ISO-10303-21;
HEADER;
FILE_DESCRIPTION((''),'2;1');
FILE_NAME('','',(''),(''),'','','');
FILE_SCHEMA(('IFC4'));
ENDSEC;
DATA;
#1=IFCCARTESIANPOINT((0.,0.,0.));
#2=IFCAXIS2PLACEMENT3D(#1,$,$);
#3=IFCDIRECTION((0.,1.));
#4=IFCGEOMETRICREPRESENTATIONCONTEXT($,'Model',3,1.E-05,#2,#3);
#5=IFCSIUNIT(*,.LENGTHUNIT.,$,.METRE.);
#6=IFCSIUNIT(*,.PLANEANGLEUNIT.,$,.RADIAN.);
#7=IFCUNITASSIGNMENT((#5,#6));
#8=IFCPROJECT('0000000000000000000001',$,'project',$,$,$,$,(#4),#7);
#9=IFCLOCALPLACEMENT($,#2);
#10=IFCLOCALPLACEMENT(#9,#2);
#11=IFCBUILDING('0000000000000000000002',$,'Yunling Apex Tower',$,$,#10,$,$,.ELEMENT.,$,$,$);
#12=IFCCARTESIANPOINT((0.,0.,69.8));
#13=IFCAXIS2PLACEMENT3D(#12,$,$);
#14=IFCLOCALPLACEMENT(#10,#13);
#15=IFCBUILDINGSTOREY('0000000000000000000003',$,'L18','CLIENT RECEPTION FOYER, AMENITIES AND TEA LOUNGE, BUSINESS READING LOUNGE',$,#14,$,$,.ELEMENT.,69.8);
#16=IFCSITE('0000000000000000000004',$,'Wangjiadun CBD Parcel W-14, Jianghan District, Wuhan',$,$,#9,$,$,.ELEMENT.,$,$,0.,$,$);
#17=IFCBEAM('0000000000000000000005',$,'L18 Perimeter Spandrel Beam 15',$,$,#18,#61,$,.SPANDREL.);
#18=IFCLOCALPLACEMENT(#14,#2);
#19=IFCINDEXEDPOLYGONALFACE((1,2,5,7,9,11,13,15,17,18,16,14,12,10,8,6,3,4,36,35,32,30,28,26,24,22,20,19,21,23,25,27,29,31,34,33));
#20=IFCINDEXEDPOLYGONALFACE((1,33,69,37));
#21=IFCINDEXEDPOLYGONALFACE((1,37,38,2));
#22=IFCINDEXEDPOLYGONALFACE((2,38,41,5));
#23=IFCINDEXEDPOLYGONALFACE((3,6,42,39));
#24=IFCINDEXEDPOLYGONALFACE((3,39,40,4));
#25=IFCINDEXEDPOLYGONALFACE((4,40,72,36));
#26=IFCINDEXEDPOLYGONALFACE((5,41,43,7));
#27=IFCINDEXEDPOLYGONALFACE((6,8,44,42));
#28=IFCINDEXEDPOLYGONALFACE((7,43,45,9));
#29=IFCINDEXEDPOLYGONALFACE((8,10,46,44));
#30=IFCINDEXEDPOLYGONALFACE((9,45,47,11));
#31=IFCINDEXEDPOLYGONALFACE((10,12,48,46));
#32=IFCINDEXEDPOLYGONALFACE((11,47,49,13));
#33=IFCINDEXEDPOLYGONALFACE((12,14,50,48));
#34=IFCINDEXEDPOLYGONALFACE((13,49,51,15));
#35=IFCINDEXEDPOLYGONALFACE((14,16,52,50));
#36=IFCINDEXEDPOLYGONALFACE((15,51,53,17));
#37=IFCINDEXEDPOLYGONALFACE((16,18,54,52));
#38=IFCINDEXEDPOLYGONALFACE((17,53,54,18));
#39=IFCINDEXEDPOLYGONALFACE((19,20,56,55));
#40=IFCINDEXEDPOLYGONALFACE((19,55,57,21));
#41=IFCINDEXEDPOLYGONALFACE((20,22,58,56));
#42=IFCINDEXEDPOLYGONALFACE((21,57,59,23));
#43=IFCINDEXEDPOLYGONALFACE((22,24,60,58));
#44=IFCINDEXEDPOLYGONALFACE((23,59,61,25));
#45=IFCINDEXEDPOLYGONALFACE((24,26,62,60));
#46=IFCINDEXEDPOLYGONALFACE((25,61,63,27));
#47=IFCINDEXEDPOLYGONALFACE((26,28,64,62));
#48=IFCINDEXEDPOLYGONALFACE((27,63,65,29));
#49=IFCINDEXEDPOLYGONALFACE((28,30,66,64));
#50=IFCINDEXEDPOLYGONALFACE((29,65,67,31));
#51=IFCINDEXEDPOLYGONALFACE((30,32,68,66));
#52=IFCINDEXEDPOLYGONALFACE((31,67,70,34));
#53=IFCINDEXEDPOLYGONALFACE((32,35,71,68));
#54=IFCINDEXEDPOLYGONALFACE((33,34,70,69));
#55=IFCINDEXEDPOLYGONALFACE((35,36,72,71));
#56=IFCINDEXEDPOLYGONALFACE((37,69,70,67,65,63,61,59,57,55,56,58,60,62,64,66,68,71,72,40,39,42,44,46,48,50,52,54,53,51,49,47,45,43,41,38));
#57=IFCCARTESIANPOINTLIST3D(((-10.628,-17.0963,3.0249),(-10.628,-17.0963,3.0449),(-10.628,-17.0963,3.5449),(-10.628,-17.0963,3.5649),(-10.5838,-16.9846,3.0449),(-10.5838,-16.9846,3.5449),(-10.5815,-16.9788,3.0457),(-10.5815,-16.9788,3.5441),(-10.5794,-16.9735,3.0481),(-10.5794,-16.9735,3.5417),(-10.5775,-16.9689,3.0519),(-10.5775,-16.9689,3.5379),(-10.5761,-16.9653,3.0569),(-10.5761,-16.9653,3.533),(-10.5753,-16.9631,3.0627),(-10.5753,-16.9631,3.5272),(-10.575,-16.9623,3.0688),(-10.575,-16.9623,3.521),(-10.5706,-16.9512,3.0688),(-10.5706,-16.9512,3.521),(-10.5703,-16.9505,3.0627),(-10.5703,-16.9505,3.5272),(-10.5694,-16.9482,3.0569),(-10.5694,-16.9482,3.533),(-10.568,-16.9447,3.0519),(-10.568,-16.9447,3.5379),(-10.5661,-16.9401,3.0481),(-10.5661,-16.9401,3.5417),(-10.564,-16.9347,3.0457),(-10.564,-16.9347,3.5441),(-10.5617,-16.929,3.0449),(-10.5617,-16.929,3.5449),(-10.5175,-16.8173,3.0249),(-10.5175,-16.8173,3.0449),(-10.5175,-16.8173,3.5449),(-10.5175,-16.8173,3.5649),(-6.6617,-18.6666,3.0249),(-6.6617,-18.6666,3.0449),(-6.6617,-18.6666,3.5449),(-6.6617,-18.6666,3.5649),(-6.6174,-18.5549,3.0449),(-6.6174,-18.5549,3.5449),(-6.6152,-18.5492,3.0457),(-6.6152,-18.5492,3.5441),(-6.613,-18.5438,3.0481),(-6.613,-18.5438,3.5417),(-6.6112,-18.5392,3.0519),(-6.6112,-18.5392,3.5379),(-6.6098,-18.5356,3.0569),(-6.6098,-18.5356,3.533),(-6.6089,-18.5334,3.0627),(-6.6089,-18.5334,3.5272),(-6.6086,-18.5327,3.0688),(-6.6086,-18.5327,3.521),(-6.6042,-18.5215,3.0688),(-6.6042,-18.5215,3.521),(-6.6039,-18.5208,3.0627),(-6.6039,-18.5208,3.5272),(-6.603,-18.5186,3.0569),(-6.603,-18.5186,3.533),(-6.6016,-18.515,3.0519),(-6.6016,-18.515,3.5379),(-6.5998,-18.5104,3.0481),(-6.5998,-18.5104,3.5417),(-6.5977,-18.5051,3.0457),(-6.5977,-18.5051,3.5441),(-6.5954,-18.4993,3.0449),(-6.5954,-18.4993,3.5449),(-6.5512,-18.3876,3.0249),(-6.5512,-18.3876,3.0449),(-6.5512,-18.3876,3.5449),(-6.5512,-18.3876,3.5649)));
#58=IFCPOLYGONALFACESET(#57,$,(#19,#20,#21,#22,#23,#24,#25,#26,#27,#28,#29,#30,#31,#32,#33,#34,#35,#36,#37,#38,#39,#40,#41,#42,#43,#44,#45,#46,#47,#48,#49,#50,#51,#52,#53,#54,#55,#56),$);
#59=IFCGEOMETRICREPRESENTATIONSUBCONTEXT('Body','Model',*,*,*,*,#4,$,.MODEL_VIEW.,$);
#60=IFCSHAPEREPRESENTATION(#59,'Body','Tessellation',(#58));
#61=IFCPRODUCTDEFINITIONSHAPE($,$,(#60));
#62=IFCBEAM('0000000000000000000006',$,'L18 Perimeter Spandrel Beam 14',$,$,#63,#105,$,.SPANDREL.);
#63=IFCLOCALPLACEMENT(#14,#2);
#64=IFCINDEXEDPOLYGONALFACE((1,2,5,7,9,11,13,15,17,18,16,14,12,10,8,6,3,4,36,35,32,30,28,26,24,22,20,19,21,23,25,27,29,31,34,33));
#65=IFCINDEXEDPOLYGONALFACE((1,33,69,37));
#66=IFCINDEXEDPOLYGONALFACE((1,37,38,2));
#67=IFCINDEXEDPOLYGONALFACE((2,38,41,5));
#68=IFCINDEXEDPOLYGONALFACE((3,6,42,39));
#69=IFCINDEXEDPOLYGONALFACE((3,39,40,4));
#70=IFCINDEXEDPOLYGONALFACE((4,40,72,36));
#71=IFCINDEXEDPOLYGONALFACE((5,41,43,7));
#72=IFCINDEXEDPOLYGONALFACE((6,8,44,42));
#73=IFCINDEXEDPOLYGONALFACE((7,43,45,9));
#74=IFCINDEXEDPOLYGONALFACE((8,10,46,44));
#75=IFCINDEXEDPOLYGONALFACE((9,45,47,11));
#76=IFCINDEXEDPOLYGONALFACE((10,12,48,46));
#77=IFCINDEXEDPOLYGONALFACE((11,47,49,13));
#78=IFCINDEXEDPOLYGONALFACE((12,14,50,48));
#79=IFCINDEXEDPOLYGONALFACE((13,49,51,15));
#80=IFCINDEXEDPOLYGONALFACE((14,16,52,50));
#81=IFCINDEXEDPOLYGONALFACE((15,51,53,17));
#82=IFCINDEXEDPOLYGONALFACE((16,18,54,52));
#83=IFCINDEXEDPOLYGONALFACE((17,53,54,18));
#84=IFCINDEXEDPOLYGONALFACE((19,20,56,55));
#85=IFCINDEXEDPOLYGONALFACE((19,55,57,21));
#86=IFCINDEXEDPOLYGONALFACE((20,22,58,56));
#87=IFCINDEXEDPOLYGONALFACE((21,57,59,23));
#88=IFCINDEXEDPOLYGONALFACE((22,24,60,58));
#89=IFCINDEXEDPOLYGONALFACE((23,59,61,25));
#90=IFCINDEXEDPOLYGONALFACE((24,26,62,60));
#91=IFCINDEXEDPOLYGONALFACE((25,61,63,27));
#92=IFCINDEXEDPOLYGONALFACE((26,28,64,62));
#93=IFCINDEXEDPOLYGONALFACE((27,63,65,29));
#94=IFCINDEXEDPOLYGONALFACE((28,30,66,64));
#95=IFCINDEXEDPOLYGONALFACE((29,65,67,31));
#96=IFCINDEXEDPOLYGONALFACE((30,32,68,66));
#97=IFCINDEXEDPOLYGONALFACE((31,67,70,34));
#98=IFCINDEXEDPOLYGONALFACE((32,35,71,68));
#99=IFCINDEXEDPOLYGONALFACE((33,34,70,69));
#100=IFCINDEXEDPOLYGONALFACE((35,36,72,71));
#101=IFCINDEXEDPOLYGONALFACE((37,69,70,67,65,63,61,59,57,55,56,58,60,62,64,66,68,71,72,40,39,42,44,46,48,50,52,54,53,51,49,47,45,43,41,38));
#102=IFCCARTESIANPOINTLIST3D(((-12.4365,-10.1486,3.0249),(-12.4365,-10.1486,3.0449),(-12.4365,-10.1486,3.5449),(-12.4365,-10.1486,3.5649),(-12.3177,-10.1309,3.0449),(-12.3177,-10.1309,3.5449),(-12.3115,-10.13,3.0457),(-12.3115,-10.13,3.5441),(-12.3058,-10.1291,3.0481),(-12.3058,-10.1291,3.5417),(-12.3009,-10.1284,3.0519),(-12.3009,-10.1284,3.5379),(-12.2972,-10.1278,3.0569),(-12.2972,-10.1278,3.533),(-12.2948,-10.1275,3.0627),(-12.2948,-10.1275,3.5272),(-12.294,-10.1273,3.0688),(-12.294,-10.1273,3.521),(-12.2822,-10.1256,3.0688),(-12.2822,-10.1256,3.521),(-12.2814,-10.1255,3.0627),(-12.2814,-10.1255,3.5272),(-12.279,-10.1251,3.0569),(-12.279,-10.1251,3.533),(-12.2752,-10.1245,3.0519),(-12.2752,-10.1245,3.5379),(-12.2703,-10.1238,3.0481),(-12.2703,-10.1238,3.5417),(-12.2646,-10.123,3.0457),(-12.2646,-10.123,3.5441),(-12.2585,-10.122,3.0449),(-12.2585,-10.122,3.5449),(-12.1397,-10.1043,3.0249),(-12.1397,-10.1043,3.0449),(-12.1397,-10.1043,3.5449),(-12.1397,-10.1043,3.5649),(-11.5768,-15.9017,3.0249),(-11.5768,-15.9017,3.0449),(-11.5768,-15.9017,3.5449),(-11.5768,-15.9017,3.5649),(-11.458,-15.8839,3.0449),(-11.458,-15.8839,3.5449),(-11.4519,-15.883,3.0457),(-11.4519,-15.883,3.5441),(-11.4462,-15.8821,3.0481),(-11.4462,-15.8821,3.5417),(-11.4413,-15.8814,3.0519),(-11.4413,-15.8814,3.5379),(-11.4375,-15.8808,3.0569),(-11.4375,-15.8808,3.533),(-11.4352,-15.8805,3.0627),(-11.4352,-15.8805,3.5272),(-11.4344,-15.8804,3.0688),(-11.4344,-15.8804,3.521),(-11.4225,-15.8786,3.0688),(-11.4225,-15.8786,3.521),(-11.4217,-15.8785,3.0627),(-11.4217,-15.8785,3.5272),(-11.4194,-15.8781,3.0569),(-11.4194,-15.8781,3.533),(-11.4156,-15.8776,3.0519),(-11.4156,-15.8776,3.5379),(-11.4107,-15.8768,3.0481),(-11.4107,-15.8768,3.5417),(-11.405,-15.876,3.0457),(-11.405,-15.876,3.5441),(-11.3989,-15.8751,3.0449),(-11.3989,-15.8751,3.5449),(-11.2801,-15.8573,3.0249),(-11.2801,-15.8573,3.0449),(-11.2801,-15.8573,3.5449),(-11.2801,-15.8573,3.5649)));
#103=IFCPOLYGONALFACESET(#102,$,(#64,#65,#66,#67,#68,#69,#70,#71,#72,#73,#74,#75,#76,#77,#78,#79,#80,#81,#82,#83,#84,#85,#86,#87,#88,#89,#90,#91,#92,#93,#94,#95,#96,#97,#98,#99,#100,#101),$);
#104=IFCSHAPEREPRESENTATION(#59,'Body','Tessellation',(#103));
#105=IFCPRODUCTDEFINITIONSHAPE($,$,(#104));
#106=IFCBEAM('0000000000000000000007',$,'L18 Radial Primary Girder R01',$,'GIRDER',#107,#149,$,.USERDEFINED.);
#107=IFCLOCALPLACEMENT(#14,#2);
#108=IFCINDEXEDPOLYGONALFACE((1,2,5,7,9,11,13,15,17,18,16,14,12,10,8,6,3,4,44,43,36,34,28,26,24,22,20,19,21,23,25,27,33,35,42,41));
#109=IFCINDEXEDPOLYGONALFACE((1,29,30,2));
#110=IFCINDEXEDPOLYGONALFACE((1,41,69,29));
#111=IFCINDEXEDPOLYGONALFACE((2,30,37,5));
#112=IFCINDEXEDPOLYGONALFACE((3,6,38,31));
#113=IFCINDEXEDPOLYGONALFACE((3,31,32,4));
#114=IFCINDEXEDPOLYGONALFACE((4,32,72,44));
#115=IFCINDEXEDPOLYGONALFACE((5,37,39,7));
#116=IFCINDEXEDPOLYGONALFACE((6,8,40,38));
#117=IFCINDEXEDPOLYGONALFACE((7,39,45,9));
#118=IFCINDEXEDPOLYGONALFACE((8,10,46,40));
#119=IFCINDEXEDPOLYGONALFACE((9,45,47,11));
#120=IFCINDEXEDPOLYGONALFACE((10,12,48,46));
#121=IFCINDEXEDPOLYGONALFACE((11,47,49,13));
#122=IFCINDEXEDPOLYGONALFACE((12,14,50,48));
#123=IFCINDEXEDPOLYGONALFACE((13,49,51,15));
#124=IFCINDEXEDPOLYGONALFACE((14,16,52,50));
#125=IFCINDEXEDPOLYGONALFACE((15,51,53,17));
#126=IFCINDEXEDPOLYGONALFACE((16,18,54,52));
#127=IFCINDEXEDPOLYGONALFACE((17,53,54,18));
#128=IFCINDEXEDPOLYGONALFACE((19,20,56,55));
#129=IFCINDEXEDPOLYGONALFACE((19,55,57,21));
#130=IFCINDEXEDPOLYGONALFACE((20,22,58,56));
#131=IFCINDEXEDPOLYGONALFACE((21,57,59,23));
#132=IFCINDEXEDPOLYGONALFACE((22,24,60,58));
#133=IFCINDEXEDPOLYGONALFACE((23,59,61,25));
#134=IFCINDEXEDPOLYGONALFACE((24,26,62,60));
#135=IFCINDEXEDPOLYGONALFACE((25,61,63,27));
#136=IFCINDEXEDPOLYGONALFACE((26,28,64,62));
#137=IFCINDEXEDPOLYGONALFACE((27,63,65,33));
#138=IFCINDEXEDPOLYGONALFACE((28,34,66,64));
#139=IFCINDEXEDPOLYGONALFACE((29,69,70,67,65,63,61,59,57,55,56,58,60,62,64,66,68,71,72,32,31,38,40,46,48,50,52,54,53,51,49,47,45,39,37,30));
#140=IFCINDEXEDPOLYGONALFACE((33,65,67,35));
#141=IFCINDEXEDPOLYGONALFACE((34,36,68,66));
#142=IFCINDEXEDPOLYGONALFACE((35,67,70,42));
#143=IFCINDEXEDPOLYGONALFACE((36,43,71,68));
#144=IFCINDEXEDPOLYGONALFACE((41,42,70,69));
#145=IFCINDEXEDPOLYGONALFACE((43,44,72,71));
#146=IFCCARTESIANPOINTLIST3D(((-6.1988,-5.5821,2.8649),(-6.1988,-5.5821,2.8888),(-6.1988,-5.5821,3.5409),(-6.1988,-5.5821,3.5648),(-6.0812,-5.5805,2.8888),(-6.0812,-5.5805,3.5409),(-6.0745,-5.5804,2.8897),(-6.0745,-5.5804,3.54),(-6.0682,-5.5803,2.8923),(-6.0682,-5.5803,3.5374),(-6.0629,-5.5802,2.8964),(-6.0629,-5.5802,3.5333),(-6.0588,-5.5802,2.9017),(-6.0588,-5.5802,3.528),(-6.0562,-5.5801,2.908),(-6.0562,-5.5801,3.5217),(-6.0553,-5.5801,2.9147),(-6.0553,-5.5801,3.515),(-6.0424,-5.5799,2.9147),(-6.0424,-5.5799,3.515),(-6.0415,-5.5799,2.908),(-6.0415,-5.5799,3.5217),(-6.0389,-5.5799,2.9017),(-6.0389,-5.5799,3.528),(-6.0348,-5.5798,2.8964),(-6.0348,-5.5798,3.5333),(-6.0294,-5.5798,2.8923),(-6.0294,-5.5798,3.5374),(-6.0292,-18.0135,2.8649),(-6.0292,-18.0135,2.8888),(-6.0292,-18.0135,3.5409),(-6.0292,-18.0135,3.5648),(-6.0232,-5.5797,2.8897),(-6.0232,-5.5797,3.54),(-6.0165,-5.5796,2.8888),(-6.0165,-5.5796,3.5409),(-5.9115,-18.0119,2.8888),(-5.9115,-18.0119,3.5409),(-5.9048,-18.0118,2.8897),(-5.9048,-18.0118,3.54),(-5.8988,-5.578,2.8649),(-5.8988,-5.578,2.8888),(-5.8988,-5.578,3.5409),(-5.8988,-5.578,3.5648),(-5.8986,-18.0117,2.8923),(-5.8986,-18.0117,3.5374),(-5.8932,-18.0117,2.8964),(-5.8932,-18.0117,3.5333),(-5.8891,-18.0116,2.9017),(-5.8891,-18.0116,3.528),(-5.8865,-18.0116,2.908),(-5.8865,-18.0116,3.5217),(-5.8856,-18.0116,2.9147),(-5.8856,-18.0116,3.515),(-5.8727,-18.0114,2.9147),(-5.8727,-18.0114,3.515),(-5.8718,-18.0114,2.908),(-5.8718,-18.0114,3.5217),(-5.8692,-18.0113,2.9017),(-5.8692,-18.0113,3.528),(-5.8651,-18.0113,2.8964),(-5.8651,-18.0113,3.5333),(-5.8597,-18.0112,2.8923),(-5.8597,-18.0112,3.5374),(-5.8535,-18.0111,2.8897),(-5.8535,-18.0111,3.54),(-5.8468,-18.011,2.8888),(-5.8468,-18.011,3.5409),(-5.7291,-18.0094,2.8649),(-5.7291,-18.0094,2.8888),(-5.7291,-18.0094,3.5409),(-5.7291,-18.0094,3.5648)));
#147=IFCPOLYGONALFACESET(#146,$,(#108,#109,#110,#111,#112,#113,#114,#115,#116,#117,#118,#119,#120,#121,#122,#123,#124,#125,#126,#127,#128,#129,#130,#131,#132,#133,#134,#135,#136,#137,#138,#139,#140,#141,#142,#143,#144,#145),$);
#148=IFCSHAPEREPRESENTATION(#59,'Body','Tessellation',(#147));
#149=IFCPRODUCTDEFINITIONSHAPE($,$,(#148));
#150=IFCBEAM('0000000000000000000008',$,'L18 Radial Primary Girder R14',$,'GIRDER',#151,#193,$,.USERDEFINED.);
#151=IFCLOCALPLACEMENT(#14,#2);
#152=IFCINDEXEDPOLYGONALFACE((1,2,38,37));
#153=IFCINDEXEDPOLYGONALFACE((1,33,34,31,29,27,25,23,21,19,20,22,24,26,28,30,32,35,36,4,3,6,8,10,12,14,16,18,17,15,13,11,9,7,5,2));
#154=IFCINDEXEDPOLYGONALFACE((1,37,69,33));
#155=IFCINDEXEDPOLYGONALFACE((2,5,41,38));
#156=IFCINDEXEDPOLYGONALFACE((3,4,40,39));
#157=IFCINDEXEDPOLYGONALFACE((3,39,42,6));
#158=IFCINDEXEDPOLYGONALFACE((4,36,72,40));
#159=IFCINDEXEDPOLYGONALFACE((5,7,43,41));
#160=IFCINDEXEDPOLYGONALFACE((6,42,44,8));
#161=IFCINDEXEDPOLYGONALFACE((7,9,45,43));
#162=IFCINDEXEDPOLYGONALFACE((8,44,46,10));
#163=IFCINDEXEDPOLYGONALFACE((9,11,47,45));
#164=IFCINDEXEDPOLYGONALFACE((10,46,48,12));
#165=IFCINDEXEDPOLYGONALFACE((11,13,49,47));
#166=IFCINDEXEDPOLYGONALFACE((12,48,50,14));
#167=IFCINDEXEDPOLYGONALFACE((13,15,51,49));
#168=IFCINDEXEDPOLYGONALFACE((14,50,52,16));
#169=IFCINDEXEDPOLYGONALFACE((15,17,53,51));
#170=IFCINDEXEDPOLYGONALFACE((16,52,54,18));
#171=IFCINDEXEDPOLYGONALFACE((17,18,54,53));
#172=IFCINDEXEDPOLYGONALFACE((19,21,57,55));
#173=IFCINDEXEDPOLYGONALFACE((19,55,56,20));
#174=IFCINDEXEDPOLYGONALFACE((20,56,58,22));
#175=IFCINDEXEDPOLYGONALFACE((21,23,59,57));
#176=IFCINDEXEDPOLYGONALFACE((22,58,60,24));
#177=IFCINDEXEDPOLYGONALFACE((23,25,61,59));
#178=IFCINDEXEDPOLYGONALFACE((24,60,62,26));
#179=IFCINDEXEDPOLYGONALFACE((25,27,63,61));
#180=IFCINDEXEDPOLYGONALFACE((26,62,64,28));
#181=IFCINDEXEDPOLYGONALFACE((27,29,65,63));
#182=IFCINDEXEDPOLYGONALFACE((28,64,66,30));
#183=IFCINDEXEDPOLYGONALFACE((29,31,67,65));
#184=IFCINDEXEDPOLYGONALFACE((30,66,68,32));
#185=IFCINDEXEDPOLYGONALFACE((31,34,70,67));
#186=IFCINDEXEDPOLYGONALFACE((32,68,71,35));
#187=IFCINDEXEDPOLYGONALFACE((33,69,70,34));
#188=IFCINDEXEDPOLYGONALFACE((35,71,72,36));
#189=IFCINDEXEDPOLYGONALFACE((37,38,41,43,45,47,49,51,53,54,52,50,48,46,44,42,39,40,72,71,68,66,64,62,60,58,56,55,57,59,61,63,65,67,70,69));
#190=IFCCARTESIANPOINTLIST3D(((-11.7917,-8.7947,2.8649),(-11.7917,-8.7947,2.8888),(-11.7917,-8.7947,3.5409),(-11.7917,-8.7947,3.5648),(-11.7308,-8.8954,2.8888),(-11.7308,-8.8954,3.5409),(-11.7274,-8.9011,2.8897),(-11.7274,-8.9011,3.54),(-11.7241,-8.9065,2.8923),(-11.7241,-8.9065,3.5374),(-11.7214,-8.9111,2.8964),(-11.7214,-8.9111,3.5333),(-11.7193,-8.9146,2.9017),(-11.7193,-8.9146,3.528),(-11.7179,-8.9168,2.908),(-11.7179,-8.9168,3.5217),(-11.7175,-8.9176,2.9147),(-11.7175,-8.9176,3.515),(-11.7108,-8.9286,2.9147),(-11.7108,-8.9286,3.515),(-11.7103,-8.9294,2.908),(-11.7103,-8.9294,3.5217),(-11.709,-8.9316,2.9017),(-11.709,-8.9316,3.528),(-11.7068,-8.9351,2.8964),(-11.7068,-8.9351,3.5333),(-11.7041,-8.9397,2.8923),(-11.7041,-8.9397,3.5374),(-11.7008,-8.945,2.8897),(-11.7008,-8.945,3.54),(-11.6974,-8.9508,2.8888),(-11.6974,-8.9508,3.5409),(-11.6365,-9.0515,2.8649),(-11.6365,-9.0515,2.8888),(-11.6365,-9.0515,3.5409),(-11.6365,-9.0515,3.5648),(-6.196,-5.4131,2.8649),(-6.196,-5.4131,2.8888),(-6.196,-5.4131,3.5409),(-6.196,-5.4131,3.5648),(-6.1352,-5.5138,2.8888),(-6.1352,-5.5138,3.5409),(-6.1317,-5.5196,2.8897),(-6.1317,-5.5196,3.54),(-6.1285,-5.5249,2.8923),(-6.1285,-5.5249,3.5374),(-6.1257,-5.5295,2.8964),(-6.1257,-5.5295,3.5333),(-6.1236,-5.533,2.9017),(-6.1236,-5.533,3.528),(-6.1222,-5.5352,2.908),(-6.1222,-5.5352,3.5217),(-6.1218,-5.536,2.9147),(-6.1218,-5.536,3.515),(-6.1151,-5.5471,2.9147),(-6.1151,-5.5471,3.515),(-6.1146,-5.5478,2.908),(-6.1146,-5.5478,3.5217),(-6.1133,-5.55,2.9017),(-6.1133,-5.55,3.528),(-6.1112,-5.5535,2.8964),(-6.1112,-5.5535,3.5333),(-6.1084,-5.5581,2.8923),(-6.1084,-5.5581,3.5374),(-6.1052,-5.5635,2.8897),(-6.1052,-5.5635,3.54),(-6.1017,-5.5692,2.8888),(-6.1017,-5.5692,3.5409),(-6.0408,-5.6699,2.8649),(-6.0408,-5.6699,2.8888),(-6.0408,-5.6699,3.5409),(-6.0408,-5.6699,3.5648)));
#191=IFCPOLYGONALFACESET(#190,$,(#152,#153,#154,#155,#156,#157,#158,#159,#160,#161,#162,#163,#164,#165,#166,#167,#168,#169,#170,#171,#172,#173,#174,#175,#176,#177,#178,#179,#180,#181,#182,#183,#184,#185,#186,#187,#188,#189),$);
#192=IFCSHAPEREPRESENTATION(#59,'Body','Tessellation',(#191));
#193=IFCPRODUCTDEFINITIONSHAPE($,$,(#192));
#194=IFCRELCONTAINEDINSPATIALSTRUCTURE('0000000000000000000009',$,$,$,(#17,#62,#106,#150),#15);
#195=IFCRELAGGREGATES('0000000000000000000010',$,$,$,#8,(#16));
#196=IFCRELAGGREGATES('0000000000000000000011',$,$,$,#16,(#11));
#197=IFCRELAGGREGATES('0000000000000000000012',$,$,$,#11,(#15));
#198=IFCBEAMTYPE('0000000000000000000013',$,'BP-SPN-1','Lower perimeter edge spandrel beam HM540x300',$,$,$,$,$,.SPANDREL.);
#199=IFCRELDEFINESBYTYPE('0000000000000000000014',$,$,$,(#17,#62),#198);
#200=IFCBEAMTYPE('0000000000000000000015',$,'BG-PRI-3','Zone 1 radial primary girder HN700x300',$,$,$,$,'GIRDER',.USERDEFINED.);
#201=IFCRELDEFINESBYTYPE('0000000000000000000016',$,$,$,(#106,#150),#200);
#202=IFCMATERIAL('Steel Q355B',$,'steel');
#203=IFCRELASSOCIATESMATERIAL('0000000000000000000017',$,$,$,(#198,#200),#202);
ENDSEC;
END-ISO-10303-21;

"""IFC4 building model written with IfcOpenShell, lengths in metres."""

from ifc_helpers import new_model, si_unit, direction, frame, origin, origin_2d, place, context, subcontext, project, spatial, i_section, extrude, source, transform, mapped, material, material_profile, profile_set, type_object, element, save


model = new_model("IFC4")

# Units and contexts
model_context = context("Model", 3, precision=1e-05, world=origin(), true_north=direction((0.0, 1.0)))
body_context = subcontext(model_context, "Body", "Model", "MODEL_VIEW")
ifc_project = project(units=[si_unit("LENGTHUNIT", "METRE"), si_unit("PLANEANGLEUNIT", "RADIAN")], contexts=[model_context])

# Site, building, storey
site_placement = place(None, origin())
site = spatial("IfcSite", under=ifc_project, at=site_placement, Name="Wangjiadun CBD Parcel W-14, Jianghan District, Wuhan", CompositionType="ELEMENT", RefElevation=0.0)
building_placement = place(site_placement, origin())
building = spatial("IfcBuilding", under=site, at=building_placement, Name="Yunling Apex Tower", CompositionType="ELEMENT")
storey_placement = place(building_placement, frame((0.0, 0.0, 69.8)))
storey = spatial("IfcBuildingStorey", under=building, at=storey_placement, Name="L18", Description="CLIENT RECEPTION FOYER, AMENITIES AND TEA LOUNGE, BUSINESS READING LOUNGE", CompositionType="ELEMENT", Elevation=69.8)

# Beams
ifc_material_1 = material(Name="Steel Q355B", Category="steel")
ifc_material_profile_1 = material_profile(ifc_material_1, i_section(OverallWidth=0.3, OverallDepth=0.54, WebThickness=0.012, FlangeThickness=0.02, FilletRadius=0.0239, at=origin_2d()))
ifc_profile_set_1 = profile_set([ifc_material_profile_1], Name="Steel Q355B")
beam_type_1 = type_object("IfcBeamType", Name="BP-SPN-1", Description="Lower perimeter edge spandrel beam HM540x300", PredefinedType="SPANDREL", material=ifc_profile_set_1)
shared_shape_1 = source(origin(), body_context, "Body", "SweptSolid", [
    extrude(i_section(OverallWidth=0.3, OverallDepth=0.54, WebThickness=0.012, FlangeThickness=0.02, FilletRadius=0.0239, at=origin_2d()), origin(), (0.0, 0.0, 1.0), 4.2659),
])
beam_1_placement = place(storey_placement, frame((-10.5728, -16.9568, 3.2949), z_axis=(0.929781, -0.368112, 0.0), x_axis=(0.368112, 0.929781, 0.0)))
element("IfcBeam", 1, at=beam_1_placement, inside=storey, type_object=beam_type_1, Name="L18 Perimeter Spandrel Beam 15", PredefinedType="SPANDREL", context=body_context, shape_type="MappedRepresentation", body=[
    mapped(shared_shape_1, transform((0.0, 0.0, 0.0), scale=1.0)),
])
shared_shape_2 = source(origin(), body_context, "Body", "SweptSolid", [
    extrude(i_section(OverallWidth=0.3, OverallDepth=0.54, WebThickness=0.012, FlangeThickness=0.02, FilletRadius=0.0239, at=origin_2d()), origin(), (0.0, 0.0, 1.0), 5.8169),
])
beam_2_placement = place(storey_placement, frame((-12.2881, -10.1265, 3.2949), z_axis=(0.147782, -0.98902, 0.0), x_axis=(0.98902, 0.147782, 0.0)))
element("IfcBeam", 2, at=beam_2_placement, inside=storey, type_object=beam_type_1, Name="L18 Perimeter Spandrel Beam 14", PredefinedType="SPANDREL", context=body_context, shape_type="MappedRepresentation", body=[
    mapped(shared_shape_2, transform((0.0, 0.0, 0.0), scale=1.0)),
])
ifc_material_profile_2 = material_profile(ifc_material_1, i_section(OverallWidth=0.3, OverallDepth=0.7, WebThickness=0.0129, FlangeThickness=0.0239, FilletRadius=0.0259, at=origin_2d()))
ifc_profile_set_2 = profile_set([ifc_material_profile_2], Name="Steel Q355B")
beam_type_2 = type_object("IfcBeamType", Name="BG-PRI-3", Description="Zone 1 radial primary girder HN700x300", ElementType="GIRDER", PredefinedType="USERDEFINED", material=ifc_profile_set_2)
shared_shape_3 = source(origin(), body_context, "Body", "SweptSolid", [
    extrude(i_section(OverallWidth=0.3, OverallDepth=0.7, WebThickness=0.0129, FlangeThickness=0.0239, FilletRadius=0.0259, at=origin_2d()), origin(), (0.0, 0.0, 1.0), 12.4326),
])
beam_3_placement = place(storey_placement, frame((-5.8792, -18.0115, 3.2148), z_axis=(-0.013648, 0.999907, 0.0), x_axis=(-0.999907, -0.013648, 0.0)))
element("IfcBeam", 3, at=beam_3_placement, inside=storey, type_object=beam_type_2, Name="L18 Radial Primary Girder R01", ObjectType="GIRDER", PredefinedType="USERDEFINED", context=body_context, shape_type="MappedRepresentation", body=[
    mapped(shared_shape_3, transform((0.0, 0.0, 0.0), scale=1.0)),
])
shared_shape_4 = source(origin(), body_context, "Body", "SweptSolid", [
    extrude(i_section(OverallWidth=0.3, OverallDepth=0.7, WebThickness=0.0129, FlangeThickness=0.0239, FilletRadius=0.0259, at=origin_2d()), origin(), (0.0, 0.0, 1.0), 6.5381),
])
beam_4_placement = place(storey_placement, frame((-11.7141, -8.9231, 3.2148), z_axis=(0.855858, 0.517211, 0.0), x_axis=(-0.517211, 0.855858, 0.0)))
element("IfcBeam", 4, at=beam_4_placement, inside=storey, type_object=beam_type_2, Name="L18 Radial Primary Girder R14", ObjectType="GIRDER", PredefinedType="USERDEFINED", context=body_context, shape_type="MappedRepresentation", body=[
    mapped(shared_shape_4, transform((0.0, 0.0, 0.0), scale=1.0)),
])

save(model, "model.ifc")
